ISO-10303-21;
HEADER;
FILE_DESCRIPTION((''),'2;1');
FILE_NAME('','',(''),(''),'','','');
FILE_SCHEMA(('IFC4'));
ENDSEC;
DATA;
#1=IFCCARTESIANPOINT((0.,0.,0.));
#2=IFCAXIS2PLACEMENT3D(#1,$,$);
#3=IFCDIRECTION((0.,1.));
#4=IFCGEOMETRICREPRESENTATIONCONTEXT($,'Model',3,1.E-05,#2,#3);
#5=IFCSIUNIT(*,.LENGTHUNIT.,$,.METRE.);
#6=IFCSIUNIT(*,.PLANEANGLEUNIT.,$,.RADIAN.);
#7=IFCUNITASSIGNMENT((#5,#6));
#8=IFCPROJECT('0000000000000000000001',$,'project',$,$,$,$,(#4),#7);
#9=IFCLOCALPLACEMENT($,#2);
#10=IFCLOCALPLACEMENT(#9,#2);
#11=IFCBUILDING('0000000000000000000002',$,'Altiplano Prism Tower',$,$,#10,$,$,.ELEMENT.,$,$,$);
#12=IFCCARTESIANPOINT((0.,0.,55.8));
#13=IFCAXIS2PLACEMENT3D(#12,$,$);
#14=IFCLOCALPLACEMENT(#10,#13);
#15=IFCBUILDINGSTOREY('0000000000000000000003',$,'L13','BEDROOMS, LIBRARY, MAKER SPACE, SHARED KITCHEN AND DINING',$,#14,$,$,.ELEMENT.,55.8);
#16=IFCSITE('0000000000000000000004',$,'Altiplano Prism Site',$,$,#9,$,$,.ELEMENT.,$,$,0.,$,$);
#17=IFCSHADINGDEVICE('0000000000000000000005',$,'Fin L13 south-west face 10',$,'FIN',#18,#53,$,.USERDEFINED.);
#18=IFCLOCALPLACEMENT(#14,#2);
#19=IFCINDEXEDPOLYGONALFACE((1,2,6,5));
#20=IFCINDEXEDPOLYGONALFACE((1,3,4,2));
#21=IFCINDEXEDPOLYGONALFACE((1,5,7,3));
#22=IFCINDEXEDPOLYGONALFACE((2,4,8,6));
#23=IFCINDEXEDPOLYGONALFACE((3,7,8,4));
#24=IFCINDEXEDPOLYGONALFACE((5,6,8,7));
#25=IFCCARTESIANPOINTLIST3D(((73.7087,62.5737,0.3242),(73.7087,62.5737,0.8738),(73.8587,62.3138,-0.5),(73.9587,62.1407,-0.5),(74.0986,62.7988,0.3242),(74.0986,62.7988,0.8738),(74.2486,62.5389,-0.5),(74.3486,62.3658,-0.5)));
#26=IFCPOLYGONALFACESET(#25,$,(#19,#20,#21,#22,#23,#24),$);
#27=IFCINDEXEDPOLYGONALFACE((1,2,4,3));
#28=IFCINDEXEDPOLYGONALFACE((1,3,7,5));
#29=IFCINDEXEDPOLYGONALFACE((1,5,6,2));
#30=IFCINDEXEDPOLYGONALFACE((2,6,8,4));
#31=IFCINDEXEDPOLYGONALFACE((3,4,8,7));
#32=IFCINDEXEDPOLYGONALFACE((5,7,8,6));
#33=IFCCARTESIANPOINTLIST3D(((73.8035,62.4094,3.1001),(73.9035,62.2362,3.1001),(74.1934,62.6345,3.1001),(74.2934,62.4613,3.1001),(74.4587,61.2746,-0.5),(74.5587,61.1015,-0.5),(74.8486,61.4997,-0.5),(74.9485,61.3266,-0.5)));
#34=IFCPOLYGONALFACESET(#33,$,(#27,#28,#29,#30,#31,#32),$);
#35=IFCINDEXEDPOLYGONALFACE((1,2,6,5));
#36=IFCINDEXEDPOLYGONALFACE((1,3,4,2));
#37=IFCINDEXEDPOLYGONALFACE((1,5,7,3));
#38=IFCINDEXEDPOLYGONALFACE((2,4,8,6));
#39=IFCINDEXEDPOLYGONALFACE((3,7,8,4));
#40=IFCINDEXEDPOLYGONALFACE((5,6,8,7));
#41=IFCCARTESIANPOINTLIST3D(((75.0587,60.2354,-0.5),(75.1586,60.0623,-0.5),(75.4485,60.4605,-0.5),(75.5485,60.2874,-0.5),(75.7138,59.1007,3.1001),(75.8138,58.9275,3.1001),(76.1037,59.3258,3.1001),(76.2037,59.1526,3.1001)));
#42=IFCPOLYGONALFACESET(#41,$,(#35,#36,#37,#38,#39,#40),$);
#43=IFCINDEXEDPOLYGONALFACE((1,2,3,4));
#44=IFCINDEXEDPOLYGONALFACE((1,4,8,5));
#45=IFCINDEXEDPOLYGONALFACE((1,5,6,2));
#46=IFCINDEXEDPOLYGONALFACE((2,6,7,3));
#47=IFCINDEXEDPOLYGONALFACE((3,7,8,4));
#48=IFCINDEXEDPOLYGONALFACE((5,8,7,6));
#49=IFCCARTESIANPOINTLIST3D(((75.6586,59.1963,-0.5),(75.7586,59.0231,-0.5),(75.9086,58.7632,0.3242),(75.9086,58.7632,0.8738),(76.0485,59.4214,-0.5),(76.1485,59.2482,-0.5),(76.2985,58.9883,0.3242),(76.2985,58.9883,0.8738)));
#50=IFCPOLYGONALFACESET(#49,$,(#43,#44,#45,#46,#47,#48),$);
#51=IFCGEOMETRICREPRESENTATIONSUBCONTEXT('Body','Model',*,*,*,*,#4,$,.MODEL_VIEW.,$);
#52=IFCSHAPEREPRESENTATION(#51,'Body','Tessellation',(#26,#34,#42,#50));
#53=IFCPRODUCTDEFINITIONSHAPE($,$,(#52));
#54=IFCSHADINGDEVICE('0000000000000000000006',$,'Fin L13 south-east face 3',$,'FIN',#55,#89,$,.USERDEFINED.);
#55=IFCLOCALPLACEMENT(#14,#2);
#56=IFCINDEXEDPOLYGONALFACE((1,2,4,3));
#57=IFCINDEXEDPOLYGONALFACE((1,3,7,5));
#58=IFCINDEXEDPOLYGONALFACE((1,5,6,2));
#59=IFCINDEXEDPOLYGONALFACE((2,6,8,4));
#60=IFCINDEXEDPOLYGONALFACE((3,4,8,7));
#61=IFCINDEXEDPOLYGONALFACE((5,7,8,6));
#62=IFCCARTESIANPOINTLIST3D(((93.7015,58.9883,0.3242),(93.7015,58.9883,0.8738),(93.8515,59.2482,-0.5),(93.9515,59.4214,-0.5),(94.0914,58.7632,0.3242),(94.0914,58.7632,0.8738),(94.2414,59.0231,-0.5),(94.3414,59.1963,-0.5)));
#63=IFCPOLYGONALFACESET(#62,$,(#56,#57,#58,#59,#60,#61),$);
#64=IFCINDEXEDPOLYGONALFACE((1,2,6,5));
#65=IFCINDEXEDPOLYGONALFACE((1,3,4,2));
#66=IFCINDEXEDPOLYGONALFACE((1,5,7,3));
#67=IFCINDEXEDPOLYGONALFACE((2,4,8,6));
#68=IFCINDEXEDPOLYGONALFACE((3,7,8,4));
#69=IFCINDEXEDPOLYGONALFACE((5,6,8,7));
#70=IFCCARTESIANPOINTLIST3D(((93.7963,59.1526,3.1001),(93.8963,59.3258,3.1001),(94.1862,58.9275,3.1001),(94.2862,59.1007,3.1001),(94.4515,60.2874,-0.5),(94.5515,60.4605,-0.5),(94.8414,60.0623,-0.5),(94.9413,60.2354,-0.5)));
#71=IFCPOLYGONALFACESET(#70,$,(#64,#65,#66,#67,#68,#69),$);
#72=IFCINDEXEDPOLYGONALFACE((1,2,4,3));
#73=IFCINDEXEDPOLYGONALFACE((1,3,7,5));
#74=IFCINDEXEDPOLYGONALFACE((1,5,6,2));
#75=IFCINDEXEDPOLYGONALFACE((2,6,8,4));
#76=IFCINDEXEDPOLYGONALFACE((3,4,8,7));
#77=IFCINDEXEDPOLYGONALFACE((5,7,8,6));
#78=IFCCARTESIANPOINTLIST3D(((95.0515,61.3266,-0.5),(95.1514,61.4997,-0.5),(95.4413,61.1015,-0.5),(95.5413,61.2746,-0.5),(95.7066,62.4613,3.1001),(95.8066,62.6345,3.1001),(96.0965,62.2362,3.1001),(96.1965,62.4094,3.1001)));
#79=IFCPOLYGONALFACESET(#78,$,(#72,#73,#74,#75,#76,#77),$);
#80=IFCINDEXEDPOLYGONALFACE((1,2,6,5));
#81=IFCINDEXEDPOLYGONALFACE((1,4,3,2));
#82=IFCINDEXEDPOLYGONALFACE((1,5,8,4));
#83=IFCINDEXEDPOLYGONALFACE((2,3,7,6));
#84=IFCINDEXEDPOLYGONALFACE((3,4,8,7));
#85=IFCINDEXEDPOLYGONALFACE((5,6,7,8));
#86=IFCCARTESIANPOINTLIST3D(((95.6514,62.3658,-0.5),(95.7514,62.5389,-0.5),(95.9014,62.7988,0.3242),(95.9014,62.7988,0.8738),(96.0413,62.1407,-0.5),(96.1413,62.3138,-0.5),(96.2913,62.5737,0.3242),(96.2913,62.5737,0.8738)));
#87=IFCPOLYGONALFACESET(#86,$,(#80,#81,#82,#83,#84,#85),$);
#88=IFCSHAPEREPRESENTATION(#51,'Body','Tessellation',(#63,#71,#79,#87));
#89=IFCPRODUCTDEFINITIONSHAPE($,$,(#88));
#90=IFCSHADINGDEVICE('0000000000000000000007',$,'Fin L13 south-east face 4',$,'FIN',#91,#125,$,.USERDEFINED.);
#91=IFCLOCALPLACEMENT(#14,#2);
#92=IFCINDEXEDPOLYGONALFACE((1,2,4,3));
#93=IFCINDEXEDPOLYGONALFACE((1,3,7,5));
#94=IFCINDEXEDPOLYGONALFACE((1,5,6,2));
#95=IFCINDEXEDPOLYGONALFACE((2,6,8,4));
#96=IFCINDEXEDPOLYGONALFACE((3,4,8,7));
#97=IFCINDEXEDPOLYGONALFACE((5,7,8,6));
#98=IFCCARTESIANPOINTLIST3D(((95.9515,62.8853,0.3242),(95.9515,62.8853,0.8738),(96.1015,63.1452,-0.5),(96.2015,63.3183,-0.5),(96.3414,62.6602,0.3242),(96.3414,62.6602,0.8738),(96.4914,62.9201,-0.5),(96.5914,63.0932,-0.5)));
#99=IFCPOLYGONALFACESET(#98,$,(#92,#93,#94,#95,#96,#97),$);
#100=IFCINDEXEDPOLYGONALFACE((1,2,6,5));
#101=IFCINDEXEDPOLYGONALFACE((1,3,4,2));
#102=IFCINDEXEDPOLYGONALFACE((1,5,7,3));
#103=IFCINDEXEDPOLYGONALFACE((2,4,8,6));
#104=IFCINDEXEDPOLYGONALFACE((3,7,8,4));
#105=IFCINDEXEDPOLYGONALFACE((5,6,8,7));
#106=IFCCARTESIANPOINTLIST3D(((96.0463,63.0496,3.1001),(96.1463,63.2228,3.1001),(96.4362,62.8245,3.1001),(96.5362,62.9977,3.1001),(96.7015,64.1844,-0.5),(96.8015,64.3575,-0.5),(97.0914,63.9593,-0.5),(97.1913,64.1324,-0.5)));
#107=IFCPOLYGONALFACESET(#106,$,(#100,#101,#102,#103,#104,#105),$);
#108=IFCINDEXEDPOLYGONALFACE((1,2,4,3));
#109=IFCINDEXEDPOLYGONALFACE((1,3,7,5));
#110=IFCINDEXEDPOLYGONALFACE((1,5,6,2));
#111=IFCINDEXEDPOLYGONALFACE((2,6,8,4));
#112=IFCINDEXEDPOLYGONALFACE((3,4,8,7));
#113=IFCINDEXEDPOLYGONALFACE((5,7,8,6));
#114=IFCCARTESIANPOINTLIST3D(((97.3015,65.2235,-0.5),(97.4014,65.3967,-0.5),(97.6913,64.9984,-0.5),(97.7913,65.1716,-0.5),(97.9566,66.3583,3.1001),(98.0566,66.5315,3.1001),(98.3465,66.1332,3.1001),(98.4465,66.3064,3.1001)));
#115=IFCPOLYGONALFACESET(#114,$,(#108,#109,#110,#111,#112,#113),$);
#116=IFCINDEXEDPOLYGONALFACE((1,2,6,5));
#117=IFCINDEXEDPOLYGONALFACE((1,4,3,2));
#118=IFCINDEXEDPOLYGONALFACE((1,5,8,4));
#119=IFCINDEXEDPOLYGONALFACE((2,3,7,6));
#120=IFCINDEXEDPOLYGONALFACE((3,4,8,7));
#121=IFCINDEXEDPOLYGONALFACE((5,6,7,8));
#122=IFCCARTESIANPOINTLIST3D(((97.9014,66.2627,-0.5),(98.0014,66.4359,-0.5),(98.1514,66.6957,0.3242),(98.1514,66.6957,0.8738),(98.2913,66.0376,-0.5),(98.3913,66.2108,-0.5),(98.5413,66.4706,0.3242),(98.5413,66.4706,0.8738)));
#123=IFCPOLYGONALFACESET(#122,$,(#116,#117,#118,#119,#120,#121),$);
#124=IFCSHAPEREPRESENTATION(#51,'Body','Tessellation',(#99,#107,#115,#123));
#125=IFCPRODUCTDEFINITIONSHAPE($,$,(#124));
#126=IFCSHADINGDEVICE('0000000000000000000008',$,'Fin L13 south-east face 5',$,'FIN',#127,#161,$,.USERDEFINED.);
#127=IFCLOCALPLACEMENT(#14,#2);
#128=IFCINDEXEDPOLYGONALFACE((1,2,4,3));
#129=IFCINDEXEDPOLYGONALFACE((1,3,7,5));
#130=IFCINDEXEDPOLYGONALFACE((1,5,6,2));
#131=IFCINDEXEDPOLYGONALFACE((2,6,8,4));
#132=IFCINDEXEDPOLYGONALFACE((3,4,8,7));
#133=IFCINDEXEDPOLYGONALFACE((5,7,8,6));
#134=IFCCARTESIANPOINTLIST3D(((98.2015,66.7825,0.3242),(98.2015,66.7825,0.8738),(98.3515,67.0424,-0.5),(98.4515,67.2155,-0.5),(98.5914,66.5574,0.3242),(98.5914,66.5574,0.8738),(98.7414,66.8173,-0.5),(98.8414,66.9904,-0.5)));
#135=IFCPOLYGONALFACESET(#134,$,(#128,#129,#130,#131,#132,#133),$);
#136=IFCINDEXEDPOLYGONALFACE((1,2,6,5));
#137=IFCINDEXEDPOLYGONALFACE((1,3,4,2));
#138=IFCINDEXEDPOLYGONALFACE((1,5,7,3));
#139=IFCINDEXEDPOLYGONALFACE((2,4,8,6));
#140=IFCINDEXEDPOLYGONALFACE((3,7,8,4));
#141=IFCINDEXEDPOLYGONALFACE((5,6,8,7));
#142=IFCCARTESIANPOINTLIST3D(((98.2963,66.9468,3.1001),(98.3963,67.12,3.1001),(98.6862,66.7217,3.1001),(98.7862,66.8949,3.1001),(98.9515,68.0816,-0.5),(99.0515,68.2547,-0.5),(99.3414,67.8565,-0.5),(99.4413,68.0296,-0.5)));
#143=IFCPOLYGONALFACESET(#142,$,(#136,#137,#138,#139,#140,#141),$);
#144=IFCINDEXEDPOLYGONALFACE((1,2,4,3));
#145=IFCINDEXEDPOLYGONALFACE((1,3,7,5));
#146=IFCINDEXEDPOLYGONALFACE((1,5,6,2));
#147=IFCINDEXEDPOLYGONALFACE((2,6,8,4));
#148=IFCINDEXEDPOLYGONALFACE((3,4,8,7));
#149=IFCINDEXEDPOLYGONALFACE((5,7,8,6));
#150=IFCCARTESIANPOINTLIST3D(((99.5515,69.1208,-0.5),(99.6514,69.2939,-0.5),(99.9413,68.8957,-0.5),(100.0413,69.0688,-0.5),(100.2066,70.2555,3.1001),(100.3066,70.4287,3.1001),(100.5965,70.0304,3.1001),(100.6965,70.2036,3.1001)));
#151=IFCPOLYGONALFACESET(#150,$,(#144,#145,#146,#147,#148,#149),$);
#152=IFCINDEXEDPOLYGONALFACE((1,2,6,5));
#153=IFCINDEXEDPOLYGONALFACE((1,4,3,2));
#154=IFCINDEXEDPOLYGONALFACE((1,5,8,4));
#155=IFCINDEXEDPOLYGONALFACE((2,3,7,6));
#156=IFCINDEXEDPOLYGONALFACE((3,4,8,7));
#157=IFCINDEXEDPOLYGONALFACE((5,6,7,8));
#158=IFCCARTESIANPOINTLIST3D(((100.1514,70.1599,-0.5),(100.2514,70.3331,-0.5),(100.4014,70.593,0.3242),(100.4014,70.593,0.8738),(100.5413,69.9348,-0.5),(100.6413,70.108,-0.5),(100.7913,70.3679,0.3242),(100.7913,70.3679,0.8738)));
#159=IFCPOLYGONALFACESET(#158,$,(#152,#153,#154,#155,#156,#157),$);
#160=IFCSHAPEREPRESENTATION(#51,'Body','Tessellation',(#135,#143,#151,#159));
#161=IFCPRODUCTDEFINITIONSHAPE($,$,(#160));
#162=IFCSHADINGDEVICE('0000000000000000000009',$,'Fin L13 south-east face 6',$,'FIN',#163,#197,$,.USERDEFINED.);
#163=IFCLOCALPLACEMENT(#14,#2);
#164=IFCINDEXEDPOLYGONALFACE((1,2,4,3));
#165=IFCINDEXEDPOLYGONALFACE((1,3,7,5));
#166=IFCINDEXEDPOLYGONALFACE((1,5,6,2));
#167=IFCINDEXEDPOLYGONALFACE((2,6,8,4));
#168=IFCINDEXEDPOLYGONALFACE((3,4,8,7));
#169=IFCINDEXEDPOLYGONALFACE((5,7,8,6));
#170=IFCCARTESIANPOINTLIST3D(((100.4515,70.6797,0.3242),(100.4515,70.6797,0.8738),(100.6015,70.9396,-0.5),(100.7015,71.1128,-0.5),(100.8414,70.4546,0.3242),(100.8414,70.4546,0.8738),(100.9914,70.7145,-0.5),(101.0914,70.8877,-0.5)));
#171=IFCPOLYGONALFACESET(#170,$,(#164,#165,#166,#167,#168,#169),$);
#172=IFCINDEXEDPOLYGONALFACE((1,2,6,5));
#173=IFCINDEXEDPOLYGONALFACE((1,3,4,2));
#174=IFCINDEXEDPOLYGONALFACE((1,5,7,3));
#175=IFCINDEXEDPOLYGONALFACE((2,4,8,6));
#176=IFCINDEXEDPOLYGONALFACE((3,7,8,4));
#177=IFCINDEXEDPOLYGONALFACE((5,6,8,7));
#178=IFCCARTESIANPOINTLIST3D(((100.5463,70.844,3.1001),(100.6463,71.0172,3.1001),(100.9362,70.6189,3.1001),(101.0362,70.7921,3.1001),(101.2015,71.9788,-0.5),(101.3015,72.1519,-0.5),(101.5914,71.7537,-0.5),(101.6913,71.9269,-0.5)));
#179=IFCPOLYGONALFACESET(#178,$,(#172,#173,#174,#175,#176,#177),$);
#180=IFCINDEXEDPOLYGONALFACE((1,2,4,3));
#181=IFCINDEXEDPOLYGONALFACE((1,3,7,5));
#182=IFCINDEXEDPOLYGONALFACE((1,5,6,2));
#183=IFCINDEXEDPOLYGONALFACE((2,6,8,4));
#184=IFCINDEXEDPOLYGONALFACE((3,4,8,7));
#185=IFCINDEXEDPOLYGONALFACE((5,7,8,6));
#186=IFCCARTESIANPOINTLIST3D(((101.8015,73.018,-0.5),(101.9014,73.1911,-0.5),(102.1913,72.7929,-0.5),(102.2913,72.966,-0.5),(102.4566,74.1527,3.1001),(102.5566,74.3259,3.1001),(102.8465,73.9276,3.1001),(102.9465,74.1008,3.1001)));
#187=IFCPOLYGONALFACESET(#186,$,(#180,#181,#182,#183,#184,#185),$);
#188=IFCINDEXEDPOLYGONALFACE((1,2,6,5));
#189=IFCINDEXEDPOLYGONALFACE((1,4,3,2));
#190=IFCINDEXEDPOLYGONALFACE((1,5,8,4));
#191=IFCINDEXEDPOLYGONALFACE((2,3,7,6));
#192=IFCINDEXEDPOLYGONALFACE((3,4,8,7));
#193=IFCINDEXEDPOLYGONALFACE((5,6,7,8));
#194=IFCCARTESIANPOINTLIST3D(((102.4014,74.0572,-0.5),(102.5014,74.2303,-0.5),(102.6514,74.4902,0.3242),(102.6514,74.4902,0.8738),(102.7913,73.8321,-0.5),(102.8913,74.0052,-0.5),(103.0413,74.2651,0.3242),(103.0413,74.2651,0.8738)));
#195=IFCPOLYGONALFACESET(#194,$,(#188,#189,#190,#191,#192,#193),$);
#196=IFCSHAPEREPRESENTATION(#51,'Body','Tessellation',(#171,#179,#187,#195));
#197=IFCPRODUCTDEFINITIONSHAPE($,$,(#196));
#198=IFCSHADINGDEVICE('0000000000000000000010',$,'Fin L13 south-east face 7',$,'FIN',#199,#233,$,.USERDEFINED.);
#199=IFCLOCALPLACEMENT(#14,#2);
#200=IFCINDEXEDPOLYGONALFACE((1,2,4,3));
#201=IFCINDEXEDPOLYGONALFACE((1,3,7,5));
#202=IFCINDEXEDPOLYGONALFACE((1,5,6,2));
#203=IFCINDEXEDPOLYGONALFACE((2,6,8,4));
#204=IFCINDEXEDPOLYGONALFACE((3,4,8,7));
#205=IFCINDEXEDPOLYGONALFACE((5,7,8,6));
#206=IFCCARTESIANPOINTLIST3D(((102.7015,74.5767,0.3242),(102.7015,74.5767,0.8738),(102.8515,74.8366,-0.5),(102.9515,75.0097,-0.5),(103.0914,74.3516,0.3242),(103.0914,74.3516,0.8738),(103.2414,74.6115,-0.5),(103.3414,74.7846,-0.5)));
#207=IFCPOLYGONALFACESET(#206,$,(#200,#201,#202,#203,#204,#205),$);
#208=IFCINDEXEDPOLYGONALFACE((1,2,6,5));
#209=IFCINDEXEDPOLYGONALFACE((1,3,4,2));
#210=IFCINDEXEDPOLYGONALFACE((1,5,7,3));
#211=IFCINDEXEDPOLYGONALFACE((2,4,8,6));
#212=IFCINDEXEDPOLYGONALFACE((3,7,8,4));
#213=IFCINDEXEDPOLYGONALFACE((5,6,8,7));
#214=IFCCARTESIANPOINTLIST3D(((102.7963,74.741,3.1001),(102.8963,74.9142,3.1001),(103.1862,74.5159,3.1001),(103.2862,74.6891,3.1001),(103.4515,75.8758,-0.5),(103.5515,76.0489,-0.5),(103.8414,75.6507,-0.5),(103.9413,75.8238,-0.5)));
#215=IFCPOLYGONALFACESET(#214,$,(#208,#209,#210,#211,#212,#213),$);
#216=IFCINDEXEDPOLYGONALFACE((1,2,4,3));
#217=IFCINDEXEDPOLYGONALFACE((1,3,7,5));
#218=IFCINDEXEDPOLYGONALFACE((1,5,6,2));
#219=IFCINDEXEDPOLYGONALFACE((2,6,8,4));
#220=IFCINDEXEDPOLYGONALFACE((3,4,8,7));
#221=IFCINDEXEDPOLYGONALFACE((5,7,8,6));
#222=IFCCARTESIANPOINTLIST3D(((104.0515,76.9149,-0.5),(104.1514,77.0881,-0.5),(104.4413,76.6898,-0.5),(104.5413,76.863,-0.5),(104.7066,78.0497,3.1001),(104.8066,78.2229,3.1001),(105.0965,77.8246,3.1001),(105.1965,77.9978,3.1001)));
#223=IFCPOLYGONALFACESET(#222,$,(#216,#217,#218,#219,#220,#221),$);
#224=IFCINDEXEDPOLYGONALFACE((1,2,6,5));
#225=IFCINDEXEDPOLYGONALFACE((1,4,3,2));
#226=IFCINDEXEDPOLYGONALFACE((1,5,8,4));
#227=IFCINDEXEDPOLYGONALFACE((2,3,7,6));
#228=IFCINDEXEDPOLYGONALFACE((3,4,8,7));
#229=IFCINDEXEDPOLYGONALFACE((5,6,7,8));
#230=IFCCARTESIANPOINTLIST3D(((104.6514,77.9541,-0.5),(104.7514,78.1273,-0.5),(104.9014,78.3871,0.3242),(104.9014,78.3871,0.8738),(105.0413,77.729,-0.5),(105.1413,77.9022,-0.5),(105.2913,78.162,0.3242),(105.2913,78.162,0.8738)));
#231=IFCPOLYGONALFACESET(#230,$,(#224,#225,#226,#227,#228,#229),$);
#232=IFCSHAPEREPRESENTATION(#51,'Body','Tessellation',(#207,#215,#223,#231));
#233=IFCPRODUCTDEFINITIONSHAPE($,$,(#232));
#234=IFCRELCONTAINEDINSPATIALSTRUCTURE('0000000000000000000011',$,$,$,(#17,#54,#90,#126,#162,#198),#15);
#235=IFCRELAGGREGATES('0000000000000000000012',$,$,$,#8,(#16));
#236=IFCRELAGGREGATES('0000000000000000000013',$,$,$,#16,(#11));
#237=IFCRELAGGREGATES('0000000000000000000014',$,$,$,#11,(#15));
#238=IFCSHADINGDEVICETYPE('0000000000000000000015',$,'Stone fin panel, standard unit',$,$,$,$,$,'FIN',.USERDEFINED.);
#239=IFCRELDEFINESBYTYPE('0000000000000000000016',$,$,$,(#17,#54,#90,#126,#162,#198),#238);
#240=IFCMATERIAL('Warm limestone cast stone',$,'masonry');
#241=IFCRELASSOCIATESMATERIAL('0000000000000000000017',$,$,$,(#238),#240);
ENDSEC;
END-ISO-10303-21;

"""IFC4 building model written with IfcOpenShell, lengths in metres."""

from ifc_helpers import new_model, si_unit, direction, frame, origin, place, context, subcontext, project, spatial, polyline, outline, extrude, source, transform, mapped, material, type_object, element, save


model = new_model("IFC4")

# Units and contexts
model_context = context("Model", 3, precision=1e-05, world=origin(), true_north=direction((0.0, 1.0)))
body_context = subcontext(model_context, "Body", "Model", "MODEL_VIEW")
ifc_project = project(units=[si_unit("LENGTHUNIT", "METRE"), si_unit("PLANEANGLEUNIT", "RADIAN")], contexts=[model_context])

# Site, building, storey
site_placement = place(None, origin())
site = spatial("IfcSite", under=ifc_project, at=site_placement, Name="Altiplano Prism Site", CompositionType="ELEMENT", RefElevation=0.0)
building_placement = place(site_placement, origin())
building = spatial("IfcBuilding", under=site, at=building_placement, Name="Altiplano Prism Tower", CompositionType="ELEMENT")
storey_placement = place(building_placement, frame((0.0, 0.0, 55.8)))
storey = spatial("IfcBuildingStorey", under=building, at=storey_placement, Name="L13", Description="BEDROOMS, LIBRARY, MAKER SPACE, SHARED KITCHEN AND DINING", CompositionType="ELEMENT", Elevation=55.8)

# Shading devices
ifc_material_1 = material(Name="Warm limestone cast stone", Category="masonry")
shading_device_type_1 = type_object("IfcShadingDeviceType", Name="Stone fin panel, standard unit", ElementType="FIN", PredefinedType="USERDEFINED", material=ifc_material_1)
shared_shape_1 = source(origin(), body_context, "Body", "SweptSolid", [
    extrude(outline(polyline([(-2.2, 1.3738), (-2.2, 0.8242), (-1.8999, 0.0), (-1.7, 0.0), (-2.2, 1.3738)])), frame((0.0, -0.1499, 0.0), z_axis=(0.0, -1.0, 0.0), x_axis=(1.0, 0.0, 0.0)), (0.0, 0.0, 1.0), 0.4502),
    extrude(outline(polyline([(-2.0103, 3.6001), (-0.7, 0.0), (-0.5, 0.0), (-1.8103, 3.6001), (-2.0103, 3.6001)])), frame((0.0, -0.1499, 0.0), z_axis=(0.0, -1.0, 0.0), x_axis=(1.0, 0.0, 0.0)), (0.0, 0.0, 1.0), 0.4502),
    extrude(outline(polyline([(1.8103, 3.6001), (0.5, 0.0), (0.7, 0.0), (2.0103, 3.6001), (1.8103, 3.6001)])), frame((0.0, -0.1499, 0.0), z_axis=(0.0, -1.0, 0.0), x_axis=(1.0, 0.0, 0.0)), (0.0, 0.0, 1.0), 0.4502),
    extrude(outline(polyline([(2.2, 0.8242), (2.2, 1.3738), (1.7, 0.0), (1.8999, 0.0), (2.2, 0.8242)])), frame((0.0, -0.1499, 0.0), z_axis=(0.0, -1.0, 0.0), x_axis=(1.0, 0.0, 0.0)), (0.0, 0.0, 1.0), 0.4502),
])
shading_device_1_placement = place(storey_placement, origin())
element("IfcShadingDevice", 1, at=shading_device_1_placement, inside=storey, type_object=shading_device_type_1, Name="Fin L13 south-west face 10", ObjectType="FIN", PredefinedType="USERDEFINED", context=body_context, shape_type="MappedRepresentation", body=[
    mapped(shared_shape_1, transform((75.3284, 60.9685, -0.5), x_axis=(0.5, -0.866025, 0.0), y_axis=(0.866025, 0.5, 0.0), z_axis=(0.0, 0.0, 1.0))),
])
shading_device_2_placement = place(storey_placement, origin())
element("IfcShadingDevice", 2, at=shading_device_2_placement, inside=storey, type_object=shading_device_type_1, Name="Fin L13 south-east face 3", ObjectType="FIN", PredefinedType="USERDEFINED", context=body_context, shape_type="MappedRepresentation", body=[
    mapped(shared_shape_1, transform((94.6716, 60.9685, -0.5), x_axis=(0.5, 0.866025, 0.0), y_axis=(-0.866025, 0.5, 0.0), z_axis=(0.0, 0.0, 1.0))),
])
shading_device_3_placement = place(storey_placement, origin())
element("IfcShadingDevice", 3, at=shading_device_3_placement, inside=storey, type_object=shading_device_type_1, Name="Fin L13 south-east face 4", ObjectType="FIN", PredefinedType="USERDEFINED", context=body_context, shape_type="MappedRepresentation", body=[
    mapped(shared_shape_1, transform((96.9216, 64.8655, -0.5), x_axis=(0.5, 0.866025, 0.0), y_axis=(-0.866025, 0.5, 0.0), z_axis=(0.0, 0.0, 1.0))),
])
shading_device_4_placement = place(storey_placement, origin())
element("IfcShadingDevice", 4, at=shading_device_4_placement, inside=storey, type_object=shading_device_type_1, Name="Fin L13 south-east face 5", ObjectType="FIN", PredefinedType="USERDEFINED", context=body_context, shape_type="MappedRepresentation", body=[
    mapped(shared_shape_1, transform((99.1716, 68.7627, -0.5), x_axis=(0.5, 0.866025, 0.0), y_axis=(-0.866025, 0.5, 0.0), z_axis=(0.0, 0.0, 1.0))),
])
shading_device_5_placement = place(storey_placement, origin())
element("IfcShadingDevice", 5, at=shading_device_5_placement, inside=storey, type_object=shading_device_type_1, Name="Fin L13 south-east face 6", ObjectType="FIN", PredefinedType="USERDEFINED", context=body_context, shape_type="MappedRepresentation", body=[
    mapped(shared_shape_1, transform((101.4216, 72.6599, -0.5), x_axis=(0.5, 0.866025, 0.0), y_axis=(-0.866025, 0.5, 0.0), z_axis=(0.0, 0.0, 1.0))),
])
shading_device_6_placement = place(storey_placement, origin())
element("IfcShadingDevice", 6, at=shading_device_6_placement, inside=storey, type_object=shading_device_type_1, Name="Fin L13 south-east face 7", ObjectType="FIN", PredefinedType="USERDEFINED", context=body_context, shape_type="MappedRepresentation", body=[
    mapped(shared_shape_1, transform((103.6716, 76.5569, -0.5), x_axis=(0.5, 0.866025, 0.0), y_axis=(-0.866025, 0.5, 0.0), z_axis=(0.0, 0.0, 1.0))),
])

save(model, "model.ifc")
